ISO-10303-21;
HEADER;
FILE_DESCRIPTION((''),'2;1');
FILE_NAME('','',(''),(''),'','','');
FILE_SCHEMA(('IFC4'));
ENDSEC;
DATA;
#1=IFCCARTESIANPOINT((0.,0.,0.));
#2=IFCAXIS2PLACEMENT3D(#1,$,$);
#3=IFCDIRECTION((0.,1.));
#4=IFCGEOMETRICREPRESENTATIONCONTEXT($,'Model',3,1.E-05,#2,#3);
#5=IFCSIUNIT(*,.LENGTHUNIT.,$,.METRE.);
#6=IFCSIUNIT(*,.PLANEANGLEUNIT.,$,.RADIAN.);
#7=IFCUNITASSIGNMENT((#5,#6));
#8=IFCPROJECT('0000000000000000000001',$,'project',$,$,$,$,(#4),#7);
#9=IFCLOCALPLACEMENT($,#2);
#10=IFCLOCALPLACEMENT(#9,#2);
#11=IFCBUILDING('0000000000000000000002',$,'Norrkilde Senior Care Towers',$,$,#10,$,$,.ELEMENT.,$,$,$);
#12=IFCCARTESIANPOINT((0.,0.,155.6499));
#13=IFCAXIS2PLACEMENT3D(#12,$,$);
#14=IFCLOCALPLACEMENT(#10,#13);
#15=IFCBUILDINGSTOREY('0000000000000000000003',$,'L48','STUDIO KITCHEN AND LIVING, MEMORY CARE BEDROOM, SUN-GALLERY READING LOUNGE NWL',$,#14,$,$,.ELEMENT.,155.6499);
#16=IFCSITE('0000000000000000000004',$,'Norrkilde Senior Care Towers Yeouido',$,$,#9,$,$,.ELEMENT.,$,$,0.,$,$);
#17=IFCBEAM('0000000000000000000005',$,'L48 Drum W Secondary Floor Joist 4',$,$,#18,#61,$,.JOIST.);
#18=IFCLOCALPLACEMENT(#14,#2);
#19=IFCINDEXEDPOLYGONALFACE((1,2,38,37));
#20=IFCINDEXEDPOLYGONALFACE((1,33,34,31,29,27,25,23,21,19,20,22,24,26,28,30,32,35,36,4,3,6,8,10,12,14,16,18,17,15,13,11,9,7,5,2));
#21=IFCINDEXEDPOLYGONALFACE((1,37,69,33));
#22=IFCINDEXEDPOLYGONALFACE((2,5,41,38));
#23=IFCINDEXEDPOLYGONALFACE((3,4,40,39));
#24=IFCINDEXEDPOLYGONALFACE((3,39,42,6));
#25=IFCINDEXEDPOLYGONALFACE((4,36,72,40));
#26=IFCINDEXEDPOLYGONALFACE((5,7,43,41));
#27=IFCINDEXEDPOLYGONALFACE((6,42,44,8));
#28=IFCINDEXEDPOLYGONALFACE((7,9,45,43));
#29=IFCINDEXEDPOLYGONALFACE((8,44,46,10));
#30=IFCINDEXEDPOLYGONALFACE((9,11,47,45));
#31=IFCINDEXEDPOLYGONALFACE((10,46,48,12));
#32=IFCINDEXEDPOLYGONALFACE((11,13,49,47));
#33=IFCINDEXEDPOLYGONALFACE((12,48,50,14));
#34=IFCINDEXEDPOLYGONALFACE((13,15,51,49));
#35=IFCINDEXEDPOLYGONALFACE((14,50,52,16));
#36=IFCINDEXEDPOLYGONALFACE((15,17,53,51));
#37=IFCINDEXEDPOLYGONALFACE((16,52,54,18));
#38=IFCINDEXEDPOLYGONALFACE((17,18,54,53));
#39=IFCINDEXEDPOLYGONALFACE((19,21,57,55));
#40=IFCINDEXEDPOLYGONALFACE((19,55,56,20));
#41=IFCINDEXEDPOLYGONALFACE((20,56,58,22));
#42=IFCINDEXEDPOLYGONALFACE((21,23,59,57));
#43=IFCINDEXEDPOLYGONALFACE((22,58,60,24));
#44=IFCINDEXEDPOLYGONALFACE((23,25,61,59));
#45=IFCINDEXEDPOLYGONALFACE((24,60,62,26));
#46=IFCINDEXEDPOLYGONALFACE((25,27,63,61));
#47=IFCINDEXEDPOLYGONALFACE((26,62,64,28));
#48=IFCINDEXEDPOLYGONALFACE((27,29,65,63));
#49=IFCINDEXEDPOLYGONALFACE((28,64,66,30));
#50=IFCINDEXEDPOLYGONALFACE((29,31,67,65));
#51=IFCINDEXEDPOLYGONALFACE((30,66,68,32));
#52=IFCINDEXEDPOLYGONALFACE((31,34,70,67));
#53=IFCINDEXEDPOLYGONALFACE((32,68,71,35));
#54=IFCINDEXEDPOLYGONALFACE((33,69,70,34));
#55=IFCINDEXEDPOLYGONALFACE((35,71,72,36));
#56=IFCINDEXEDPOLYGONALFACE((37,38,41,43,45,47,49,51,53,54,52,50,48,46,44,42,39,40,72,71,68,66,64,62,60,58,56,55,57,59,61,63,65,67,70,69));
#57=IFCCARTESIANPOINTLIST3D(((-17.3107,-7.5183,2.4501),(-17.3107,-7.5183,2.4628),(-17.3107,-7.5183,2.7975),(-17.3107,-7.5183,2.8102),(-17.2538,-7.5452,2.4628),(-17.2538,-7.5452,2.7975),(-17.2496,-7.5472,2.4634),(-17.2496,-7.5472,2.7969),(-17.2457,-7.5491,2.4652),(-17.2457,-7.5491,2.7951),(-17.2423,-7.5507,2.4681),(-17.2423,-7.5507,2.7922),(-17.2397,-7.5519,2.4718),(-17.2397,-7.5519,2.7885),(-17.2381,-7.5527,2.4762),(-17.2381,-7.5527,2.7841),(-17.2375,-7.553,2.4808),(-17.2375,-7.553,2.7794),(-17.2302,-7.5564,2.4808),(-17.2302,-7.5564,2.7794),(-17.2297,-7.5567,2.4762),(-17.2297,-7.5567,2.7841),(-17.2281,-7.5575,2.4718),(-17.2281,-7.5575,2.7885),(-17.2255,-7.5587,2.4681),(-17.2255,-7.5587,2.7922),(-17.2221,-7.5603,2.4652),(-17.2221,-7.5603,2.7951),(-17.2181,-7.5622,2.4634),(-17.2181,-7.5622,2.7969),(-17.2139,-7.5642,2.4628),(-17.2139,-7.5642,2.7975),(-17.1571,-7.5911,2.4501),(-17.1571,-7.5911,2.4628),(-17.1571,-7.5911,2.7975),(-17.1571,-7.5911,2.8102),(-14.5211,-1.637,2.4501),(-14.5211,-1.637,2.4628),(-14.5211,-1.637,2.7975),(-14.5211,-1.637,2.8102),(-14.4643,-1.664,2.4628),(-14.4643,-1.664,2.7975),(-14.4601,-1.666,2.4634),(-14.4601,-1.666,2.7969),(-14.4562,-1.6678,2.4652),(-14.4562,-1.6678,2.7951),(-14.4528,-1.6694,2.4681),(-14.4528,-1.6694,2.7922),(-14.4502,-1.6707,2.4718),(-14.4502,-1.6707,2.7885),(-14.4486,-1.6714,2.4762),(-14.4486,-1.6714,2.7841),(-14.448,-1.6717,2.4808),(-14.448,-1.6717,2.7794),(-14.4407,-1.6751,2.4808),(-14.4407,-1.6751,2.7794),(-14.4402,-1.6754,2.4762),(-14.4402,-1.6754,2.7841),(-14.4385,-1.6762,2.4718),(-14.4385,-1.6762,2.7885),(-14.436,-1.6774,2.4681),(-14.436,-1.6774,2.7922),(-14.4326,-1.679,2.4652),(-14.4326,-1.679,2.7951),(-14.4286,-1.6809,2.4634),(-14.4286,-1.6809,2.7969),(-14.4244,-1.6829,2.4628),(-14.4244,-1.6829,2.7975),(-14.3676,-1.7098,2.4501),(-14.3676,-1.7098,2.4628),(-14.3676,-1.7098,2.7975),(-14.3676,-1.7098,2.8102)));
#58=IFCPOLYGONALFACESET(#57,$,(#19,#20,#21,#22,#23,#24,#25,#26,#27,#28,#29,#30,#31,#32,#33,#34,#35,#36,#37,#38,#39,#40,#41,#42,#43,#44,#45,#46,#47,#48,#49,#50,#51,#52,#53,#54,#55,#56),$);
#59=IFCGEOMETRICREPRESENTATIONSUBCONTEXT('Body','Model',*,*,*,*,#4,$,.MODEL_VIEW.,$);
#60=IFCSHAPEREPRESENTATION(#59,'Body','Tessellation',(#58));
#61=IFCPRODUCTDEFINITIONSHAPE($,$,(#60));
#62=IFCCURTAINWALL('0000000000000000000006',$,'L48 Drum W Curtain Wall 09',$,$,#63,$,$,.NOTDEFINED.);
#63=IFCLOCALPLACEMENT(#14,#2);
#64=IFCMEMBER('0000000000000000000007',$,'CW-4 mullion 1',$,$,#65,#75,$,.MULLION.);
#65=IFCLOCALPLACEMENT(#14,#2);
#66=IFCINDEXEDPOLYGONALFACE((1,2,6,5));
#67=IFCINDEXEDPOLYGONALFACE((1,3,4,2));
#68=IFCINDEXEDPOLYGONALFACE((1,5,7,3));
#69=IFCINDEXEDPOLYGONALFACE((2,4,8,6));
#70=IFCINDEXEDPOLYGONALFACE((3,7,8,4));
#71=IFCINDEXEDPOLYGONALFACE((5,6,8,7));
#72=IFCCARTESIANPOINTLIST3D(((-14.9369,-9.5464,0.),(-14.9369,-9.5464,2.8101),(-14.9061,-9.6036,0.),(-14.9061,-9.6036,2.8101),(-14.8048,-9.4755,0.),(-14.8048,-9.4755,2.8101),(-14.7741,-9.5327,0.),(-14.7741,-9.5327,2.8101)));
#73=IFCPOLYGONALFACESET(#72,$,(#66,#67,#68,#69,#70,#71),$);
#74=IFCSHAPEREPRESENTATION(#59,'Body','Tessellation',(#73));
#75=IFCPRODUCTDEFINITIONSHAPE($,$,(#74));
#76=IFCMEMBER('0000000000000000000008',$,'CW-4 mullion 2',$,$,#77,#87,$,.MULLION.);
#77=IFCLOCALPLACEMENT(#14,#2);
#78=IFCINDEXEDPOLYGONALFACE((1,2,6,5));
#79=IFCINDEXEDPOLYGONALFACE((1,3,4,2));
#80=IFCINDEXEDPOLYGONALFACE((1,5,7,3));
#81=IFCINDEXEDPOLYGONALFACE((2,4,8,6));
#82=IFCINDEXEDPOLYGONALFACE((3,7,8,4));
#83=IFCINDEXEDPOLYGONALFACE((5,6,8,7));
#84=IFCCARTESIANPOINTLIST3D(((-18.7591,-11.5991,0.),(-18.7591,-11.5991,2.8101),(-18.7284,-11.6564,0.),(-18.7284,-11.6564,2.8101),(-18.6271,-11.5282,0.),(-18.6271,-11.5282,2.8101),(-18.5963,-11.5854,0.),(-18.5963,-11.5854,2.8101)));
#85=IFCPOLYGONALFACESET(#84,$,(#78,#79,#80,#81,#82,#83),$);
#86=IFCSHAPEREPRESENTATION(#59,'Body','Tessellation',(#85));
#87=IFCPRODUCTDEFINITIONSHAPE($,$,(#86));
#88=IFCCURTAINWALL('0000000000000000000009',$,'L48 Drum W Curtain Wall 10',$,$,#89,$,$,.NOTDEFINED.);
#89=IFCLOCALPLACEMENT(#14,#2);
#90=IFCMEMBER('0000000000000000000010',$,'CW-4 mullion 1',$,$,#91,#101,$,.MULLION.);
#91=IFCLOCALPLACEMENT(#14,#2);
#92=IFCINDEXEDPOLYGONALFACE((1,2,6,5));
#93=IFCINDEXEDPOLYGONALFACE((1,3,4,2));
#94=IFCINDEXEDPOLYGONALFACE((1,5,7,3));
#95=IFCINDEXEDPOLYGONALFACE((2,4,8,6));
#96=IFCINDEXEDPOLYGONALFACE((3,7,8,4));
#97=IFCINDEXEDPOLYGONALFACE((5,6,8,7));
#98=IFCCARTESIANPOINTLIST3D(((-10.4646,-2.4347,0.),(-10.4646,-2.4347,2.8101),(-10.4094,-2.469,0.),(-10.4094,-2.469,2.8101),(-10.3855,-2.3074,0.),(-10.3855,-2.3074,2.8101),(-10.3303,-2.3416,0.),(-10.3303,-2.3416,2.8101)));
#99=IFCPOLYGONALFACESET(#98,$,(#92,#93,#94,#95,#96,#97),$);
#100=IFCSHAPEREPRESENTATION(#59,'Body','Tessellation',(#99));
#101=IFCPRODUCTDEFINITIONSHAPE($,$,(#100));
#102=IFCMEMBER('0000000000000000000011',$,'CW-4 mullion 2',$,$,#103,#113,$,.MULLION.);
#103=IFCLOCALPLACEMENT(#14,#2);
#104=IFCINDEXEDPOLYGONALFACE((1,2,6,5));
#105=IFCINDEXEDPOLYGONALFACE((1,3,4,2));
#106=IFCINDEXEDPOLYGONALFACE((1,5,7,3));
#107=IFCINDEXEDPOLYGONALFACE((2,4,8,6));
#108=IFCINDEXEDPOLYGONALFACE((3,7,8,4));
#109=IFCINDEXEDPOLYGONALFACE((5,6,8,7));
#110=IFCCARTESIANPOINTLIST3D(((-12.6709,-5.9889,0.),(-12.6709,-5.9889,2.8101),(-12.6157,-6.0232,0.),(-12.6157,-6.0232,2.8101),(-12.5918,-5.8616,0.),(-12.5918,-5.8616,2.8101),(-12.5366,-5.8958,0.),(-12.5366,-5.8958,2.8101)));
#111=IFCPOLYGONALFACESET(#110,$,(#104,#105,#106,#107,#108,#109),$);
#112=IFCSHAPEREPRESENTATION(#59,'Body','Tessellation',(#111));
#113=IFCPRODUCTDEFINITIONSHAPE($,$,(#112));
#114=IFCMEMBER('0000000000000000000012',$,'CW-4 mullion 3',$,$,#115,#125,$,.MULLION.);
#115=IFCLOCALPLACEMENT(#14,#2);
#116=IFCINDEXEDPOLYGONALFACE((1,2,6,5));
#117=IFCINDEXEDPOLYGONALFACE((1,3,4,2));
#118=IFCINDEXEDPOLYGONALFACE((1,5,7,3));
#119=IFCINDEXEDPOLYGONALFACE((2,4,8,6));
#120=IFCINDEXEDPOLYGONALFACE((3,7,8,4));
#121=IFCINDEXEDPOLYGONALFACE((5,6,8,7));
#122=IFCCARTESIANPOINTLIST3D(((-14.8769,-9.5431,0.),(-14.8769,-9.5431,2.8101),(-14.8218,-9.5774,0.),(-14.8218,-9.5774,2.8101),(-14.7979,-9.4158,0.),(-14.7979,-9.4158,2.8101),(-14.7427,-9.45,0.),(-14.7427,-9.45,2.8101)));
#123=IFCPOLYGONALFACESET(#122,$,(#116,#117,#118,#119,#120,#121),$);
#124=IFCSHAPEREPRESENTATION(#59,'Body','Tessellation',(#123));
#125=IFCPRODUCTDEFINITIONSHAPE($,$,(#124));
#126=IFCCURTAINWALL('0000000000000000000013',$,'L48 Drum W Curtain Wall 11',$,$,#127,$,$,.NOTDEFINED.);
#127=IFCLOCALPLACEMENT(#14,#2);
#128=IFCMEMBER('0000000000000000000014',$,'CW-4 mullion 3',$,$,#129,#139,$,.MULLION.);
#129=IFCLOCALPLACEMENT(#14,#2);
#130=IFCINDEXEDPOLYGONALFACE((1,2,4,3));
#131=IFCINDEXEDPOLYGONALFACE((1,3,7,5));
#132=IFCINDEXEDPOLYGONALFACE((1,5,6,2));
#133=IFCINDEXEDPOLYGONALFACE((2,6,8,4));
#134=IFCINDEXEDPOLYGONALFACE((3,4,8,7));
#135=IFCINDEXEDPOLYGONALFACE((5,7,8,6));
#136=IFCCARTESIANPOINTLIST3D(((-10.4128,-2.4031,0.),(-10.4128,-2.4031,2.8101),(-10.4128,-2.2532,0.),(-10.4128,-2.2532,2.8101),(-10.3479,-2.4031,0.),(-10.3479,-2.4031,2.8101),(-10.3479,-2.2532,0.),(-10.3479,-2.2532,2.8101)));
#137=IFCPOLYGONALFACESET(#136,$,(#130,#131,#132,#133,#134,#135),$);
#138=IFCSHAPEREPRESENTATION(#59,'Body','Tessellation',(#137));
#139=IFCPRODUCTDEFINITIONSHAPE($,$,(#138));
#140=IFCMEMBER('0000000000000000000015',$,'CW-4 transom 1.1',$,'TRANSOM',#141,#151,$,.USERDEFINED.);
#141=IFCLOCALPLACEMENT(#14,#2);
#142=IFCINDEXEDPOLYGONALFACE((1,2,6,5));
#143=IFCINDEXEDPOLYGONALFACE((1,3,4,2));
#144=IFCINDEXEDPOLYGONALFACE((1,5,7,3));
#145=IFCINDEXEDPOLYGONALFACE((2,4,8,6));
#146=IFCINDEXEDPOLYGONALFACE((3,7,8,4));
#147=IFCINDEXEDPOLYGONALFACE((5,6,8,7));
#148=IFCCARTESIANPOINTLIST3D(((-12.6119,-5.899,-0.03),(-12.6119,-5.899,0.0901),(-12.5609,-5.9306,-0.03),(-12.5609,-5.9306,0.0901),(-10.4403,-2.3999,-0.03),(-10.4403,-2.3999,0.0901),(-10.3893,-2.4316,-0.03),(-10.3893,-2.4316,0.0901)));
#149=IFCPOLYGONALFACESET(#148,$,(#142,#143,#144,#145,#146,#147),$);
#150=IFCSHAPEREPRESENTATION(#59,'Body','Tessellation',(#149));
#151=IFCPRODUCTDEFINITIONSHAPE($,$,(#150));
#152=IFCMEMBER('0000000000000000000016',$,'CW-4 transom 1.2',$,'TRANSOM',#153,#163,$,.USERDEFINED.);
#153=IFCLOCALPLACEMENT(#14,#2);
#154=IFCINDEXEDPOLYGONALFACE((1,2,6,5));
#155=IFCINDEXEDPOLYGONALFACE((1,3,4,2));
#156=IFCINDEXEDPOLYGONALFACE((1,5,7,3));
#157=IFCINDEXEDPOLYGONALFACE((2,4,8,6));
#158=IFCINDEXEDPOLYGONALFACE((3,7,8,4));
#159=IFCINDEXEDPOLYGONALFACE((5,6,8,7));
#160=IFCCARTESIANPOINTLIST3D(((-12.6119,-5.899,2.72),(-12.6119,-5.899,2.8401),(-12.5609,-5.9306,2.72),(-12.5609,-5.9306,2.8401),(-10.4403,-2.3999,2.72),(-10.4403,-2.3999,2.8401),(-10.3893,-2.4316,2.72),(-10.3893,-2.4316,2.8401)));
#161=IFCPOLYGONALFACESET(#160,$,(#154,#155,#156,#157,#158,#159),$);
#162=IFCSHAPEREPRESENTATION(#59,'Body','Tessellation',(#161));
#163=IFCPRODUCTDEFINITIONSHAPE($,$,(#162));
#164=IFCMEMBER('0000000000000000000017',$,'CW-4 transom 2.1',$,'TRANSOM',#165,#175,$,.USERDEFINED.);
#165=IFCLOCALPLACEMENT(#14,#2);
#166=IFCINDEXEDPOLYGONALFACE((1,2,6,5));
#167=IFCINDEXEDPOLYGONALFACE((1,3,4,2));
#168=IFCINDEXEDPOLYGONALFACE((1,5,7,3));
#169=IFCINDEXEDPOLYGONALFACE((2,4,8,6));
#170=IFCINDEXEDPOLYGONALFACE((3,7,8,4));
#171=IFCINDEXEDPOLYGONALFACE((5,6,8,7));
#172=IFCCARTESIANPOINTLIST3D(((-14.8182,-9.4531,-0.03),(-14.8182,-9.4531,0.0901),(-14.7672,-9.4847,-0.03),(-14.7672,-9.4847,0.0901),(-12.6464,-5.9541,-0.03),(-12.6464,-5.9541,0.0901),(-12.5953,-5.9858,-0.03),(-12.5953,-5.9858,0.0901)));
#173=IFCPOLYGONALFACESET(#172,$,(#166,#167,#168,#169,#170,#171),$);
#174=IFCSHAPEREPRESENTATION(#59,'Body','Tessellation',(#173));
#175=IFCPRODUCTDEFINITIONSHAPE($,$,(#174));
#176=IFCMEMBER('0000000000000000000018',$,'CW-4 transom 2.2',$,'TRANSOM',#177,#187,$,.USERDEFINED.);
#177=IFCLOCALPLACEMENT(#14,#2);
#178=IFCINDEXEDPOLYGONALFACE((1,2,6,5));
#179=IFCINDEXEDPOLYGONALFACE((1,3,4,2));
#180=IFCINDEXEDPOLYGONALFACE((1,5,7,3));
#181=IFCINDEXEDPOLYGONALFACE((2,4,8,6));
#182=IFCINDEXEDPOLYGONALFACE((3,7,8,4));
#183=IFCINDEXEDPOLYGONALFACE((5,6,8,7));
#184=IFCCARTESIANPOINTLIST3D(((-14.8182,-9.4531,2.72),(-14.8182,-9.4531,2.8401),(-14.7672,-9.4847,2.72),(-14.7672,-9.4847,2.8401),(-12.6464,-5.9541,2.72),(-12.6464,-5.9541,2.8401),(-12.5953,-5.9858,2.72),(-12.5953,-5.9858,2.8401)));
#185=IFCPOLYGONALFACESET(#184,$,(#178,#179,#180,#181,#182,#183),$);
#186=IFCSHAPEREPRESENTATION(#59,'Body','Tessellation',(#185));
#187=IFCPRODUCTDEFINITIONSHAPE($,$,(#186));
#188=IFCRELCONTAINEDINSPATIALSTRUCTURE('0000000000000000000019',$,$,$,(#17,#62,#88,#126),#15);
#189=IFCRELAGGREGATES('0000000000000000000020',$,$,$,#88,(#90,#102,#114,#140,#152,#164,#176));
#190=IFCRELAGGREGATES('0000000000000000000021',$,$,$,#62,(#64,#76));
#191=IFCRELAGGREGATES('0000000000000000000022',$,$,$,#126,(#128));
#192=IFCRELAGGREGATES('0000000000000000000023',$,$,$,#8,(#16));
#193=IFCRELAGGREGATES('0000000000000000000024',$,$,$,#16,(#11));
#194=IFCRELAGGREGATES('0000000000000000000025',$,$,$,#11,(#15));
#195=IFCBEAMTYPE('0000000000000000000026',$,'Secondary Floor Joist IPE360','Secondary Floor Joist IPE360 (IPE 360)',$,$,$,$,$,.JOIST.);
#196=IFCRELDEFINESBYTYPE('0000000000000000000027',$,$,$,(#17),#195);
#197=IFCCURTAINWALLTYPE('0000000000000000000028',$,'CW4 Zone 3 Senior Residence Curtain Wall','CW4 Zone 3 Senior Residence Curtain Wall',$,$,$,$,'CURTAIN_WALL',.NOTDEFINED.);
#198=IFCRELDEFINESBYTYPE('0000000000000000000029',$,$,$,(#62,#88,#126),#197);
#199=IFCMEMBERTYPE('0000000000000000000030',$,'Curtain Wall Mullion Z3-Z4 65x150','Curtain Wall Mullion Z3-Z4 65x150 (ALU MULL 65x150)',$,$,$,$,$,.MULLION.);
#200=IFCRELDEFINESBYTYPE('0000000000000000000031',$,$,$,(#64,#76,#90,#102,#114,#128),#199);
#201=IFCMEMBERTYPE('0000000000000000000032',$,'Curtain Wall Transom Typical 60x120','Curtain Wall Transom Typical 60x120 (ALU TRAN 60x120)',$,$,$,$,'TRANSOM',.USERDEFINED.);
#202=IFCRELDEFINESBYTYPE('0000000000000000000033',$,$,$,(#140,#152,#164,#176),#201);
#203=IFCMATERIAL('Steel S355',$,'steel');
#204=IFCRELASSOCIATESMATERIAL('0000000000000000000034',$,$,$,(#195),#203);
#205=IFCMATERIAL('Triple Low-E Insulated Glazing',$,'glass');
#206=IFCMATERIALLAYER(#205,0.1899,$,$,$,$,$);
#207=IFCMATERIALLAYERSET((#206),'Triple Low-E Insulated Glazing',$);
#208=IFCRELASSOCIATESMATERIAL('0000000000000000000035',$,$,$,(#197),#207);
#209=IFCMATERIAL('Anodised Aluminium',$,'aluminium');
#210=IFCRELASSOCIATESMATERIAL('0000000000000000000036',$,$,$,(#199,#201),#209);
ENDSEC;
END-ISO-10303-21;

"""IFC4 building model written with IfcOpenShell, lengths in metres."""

from ifc_helpers import new_model, si_unit, direction, frame, origin, origin_2d, place, context, subcontext, project, spatial, rectangle, i_section, extrude, source, transform, mapped, material, layer, layer_set, material_profile, profile_set, type_object, type_shapes, element, aggregate, save


model = new_model("IFC4")

# Units and contexts
model_context = context("Model", 3, precision=1e-05, world=origin(), true_north=direction((0.0, 1.0)))
body_context = subcontext(model_context, "Body", "Model", "MODEL_VIEW")
ifc_project = project(units=[si_unit("LENGTHUNIT", "METRE"), si_unit("PLANEANGLEUNIT", "RADIAN")], contexts=[model_context])

# Site, building, storey
site_placement = place(None, origin())
site = spatial("IfcSite", under=ifc_project, at=site_placement, Name="Norrkilde Senior Care Towers Yeouido", CompositionType="ELEMENT", RefElevation=0.0)
building_placement = place(site_placement, origin())
building = spatial("IfcBuilding", under=site, at=building_placement, Name="Norrkilde Senior Care Towers", CompositionType="ELEMENT")
storey_placement = place(building_placement, frame((0.0, 0.0, 155.6499)))
storey = spatial("IfcBuildingStorey", under=building, at=storey_placement, Name="L48", Description="STUDIO KITCHEN AND LIVING, MEMORY CARE BEDROOM, SUN-GALLERY READING LOUNGE NWL", CompositionType="ELEMENT", Elevation=155.6499)

# Beam
ifc_material_1 = material(Name="Steel S355", Category="steel")
ifc_material_profile_1 = material_profile(ifc_material_1, i_section(OverallWidth=0.1699, OverallDepth=0.3601, WebThickness=0.0081, FlangeThickness=0.0127, FilletRadius=0.0181, at=origin_2d()), Name="IPE 360")
ifc_profile_set_1 = profile_set([ifc_material_profile_1], Name="Steel S355")
beam_type_1 = type_object("IfcBeamType", Name="Secondary Floor Joist IPE360", Description="Secondary Floor Joist IPE360 (IPE 360)", PredefinedType="JOIST", material=ifc_profile_set_1)
shared_shape_1 = source(origin(), body_context, "Body", "SweptSolid", [
    extrude(i_section(OverallWidth=0.1699, OverallDepth=0.3601, WebThickness=0.0081, FlangeThickness=0.0127, FilletRadius=0.0181, at=origin_2d()), origin(), (0.0, 0.0, 1.0), 6.5093),
])
type_shapes(beam_type_1, [shared_shape_1])
beam_1_placement = place(storey_placement, frame((-17.2339, -7.5547, 2.6301), z_axis=(0.428544, 0.903521, 0.0), x_axis=(-0.903521, 0.428544, 0.0)))
element("IfcBeam", 1, at=beam_1_placement, inside=storey, type_object=beam_type_1, Name="L48 Drum W Secondary Floor Joist 4", PredefinedType="JOIST", context=body_context, shape_type="MappedRepresentation", body=[
    mapped(shared_shape_1, transform((0.0, 0.0, 0.0), x_axis=(1.0, 0.0, 0.0), y_axis=(0.0, 1.0, 0.0), z_axis=(0.0, 0.0, 1.0), scale=1.0)),
])

# Curtain walls, members
ifc_material_2 = material(Name="Triple Low-E Insulated Glazing", Category="glass")
ifc_layer_1 = layer(ifc_material_2, 0.1899)
ifc_layer_set_1 = layer_set([ifc_layer_1], Name="Triple Low-E Insulated Glazing")
curtain_wall_type = type_object("IfcCurtainWallType", Name="CW4 Zone 3 Senior Residence Curtain Wall", Description="CW4 Zone 3 Senior Residence Curtain Wall", ElementType="CURTAIN_WALL", PredefinedType="NOTDEFINED", material=ifc_layer_set_1)
curtain_wall_1_placement = place(storey_placement, origin())
curtain_wall_1 = element("IfcCurtainWall", 2, at=curtain_wall_1_placement, inside=storey, type_object=curtain_wall_type, Name="L48 Drum W Curtain Wall 09", PredefinedType="NOTDEFINED")
ifc_material_3 = material(Name="Anodised Aluminium", Category="aluminium")
ifc_material_profile_2 = material_profile(ifc_material_3, rectangle(XDim=0.0649, YDim=0.1499, at=origin_2d()), Name="ALU MULL 65x150")
ifc_profile_set_2 = profile_set([ifc_material_profile_2], Name="Anodised Aluminium")
member_type_1 = type_object("IfcMemberType", Name="Curtain Wall Mullion Z3-Z4 65x150", Description="Curtain Wall Mullion Z3-Z4 65x150 (ALU MULL 65x150)", PredefinedType="MULLION", material=ifc_profile_set_2)
shared_shape_2 = source(origin(), body_context, "Body", "SweptSolid", [
    extrude(rectangle(XDim=0.0649, YDim=0.1499, at=origin_2d()), origin(), (0.0, 0.0, 1.0), 2.8101),
])
type_shapes(member_type_1, [shared_shape_2])
member_1_placement = place(storey_placement, frame((-14.8555, -9.5396, 0.0), z_axis=(0.0, 0.0, 1.0), x_axis=(0.473117, -0.881, 0.0)))
member_1 = element("IfcMember", 3, at=member_1_placement, type_object=member_type_1, Name="CW-4 mullion 1", PredefinedType="MULLION", context=body_context, shape_type="MappedRepresentation", body=[
    mapped(shared_shape_2, transform((0.0, 0.0, 0.0), x_axis=(1.0, 0.0, 0.0), y_axis=(0.0, 1.0, 0.0), z_axis=(0.0, 0.0, 1.0), scale=1.0)),
])
member_2_placement = place(storey_placement, frame((-18.6777, -11.5923, 0.0), z_axis=(0.0, 0.0, 1.0), x_axis=(0.473117, -0.881, 0.0)))
member_2 = element("IfcMember", 4, at=member_2_placement, type_object=member_type_1, Name="CW-4 mullion 2", PredefinedType="MULLION", context=body_context, shape_type="MappedRepresentation", body=[
    mapped(shared_shape_2, transform((0.0, 0.0, 0.0), x_axis=(1.0, 0.0, 0.0), y_axis=(0.0, 1.0, 0.0), z_axis=(0.0, 0.0, 1.0), scale=1.0)),
])
curtain_wall_2_placement = place(storey_placement, origin())
curtain_wall_2 = element("IfcCurtainWall", 5, at=curtain_wall_2_placement, inside=storey, type_object=curtain_wall_type, Name="L48 Drum W Curtain Wall 10", PredefinedType="NOTDEFINED")
member_3_placement = place(storey_placement, frame((-10.3975, -2.3882, 0.0), z_axis=(0.0, 0.0, 1.0), x_axis=(0.849634, -0.527373, 0.0)))
member_3 = element("IfcMember", 6, at=member_3_placement, type_object=member_type_1, Name="CW-4 mullion 1", PredefinedType="MULLION", context=body_context, shape_type="MappedRepresentation", body=[
    mapped(shared_shape_2, transform((0.0, 0.0, 0.0), x_axis=(1.0, 0.0, 0.0), y_axis=(0.0, 1.0, 0.0), z_axis=(0.0, 0.0, 1.0), scale=1.0)),
])
member_4_placement = place(storey_placement, frame((-12.6038, -5.9424, 0.0), z_axis=(0.0, 0.0, 1.0), x_axis=(0.849634, -0.527373, 0.0)))
member_4 = element("IfcMember", 7, at=member_4_placement, type_object=member_type_1, Name="CW-4 mullion 2", PredefinedType="MULLION", context=body_context, shape_type="MappedRepresentation", body=[
    mapped(shared_shape_2, transform((0.0, 0.0, 0.0), x_axis=(1.0, 0.0, 0.0), y_axis=(0.0, 1.0, 0.0), z_axis=(0.0, 0.0, 1.0), scale=1.0)),
])
member_5_placement = place(storey_placement, frame((-14.8098, -9.4966, 0.0), z_axis=(0.0, 0.0, 1.0), x_axis=(0.849634, -0.527373, 0.0)))
member_5 = element("IfcMember", 8, at=member_5_placement, type_object=member_type_1, Name="CW-4 mullion 3", PredefinedType="MULLION", context=body_context, shape_type="MappedRepresentation", body=[
    mapped(shared_shape_2, transform((0.0, 0.0, 0.0), x_axis=(1.0, 0.0, 0.0), y_axis=(0.0, 1.0, 0.0), z_axis=(0.0, 0.0, 1.0), scale=1.0)),
])

# Curtain wall, member
curtain_wall_3_placement = place(storey_placement, origin())
curtain_wall_3 = element("IfcCurtainWall", 9, at=curtain_wall_3_placement, inside=storey, type_object=curtain_wall_type, Name="L48 Drum W Curtain Wall 11", PredefinedType="NOTDEFINED")
member_6_placement = place(storey_placement, frame((-10.3804, -2.3281, 0.0), z_axis=(0.0, 0.0, 1.0), x_axis=(1.0, 0.0, 0.0)))
member_6 = element("IfcMember", 10, at=member_6_placement, type_object=member_type_1, Name="CW-4 mullion 3", PredefinedType="MULLION", context=body_context, shape_type="MappedRepresentation", body=[
    mapped(shared_shape_2, transform((0.0, 0.0, 0.0), x_axis=(1.0, 0.0, 0.0), y_axis=(0.0, 1.0, 0.0), z_axis=(0.0, 0.0, 1.0), scale=1.0)),
])

# Members
ifc_material_profile_3 = material_profile(ifc_material_3, rectangle(XDim=0.0601, YDim=0.1201, at=origin_2d()), Name="ALU TRAN 60x120")
ifc_profile_set_3 = profile_set([ifc_material_profile_3], Name="Anodised Aluminium")
member_type_2 = type_object("IfcMemberType", Name="Curtain Wall Transom Typical 60x120", Description="Curtain Wall Transom Typical 60x120 (ALU TRAN 60x120)", ElementType="TRANSOM", PredefinedType="USERDEFINED", material=ifc_profile_set_3)
shared_shape_3 = source(origin(), body_context, "Body", "SweptSolid", [
    extrude(rectangle(XDim=0.0601, YDim=0.1201, at=origin_2d()), origin(), (0.0, 0.0, 1.0), 4.1182),
])
member_7_placement = place(storey_placement, frame((-10.4148, -2.4158, 0.03), z_axis=(-0.527332, -0.849659, 0.0), x_axis=(0.849659, -0.527332, 0.0)))
member_7 = element("IfcMember", 11, at=member_7_placement, type_object=member_type_2, Name="CW-4 transom 1.1", ObjectType="TRANSOM", PredefinedType="USERDEFINED", context=body_context, shape_type="MappedRepresentation", body=[
    mapped(shared_shape_3, transform((0.0, 0.0, 0.0), x_axis=(1.0, 0.0, 0.0), y_axis=(0.0, 1.0, 0.0), z_axis=(0.0, 0.0, 1.0), scale=1.0)),
])
member_8_placement = place(storey_placement, frame((-10.4148, -2.4158, 2.78), z_axis=(-0.527332, -0.849659, 0.0), x_axis=(0.849659, -0.527332, 0.0)))
member_8 = element("IfcMember", 12, at=member_8_placement, type_object=member_type_2, Name="CW-4 transom 1.2", ObjectType="TRANSOM", PredefinedType="USERDEFINED", context=body_context, shape_type="MappedRepresentation", body=[
    mapped(shared_shape_3, transform((0.0, 0.0, 0.0), x_axis=(1.0, 0.0, 0.0), y_axis=(0.0, 1.0, 0.0), z_axis=(0.0, 0.0, 1.0), scale=1.0)),
])
member_9_placement = place(storey_placement, frame((-12.6208, -5.97, 0.03), z_axis=(-0.527375, -0.849633, 0.0), x_axis=(0.849633, -0.527375, 0.0)))
member_9 = element("IfcMember", 13, at=member_9_placement, type_object=member_type_2, Name="CW-4 transom 2.1", ObjectType="TRANSOM", PredefinedType="USERDEFINED", context=body_context, shape_type="MappedRepresentation", body=[
    mapped(shared_shape_3, transform((0.0, 0.0, 0.0), x_axis=(1.0, 0.0, 0.0), y_axis=(0.0, 1.0, 0.0), z_axis=(0.0, 0.0, 1.0), scale=1.0)),
])
member_10_placement = place(storey_placement, frame((-12.6208, -5.97, 2.78), z_axis=(-0.527375, -0.849633, 0.0), x_axis=(0.849633, -0.527375, 0.0)))
member_10 = element("IfcMember", 14, at=member_10_placement, type_object=member_type_2, Name="CW-4 transom 2.2", ObjectType="TRANSOM", PredefinedType="USERDEFINED", context=body_context, shape_type="MappedRepresentation", body=[
    mapped(shared_shape_3, transform((0.0, 0.0, 0.0), x_axis=(1.0, 0.0, 0.0), y_axis=(0.0, 1.0, 0.0), z_axis=(0.0, 0.0, 1.0), scale=1.0)),
])

aggregate(curtain_wall_2, [member_3, member_4, member_5, member_7, member_8, member_9, member_10])
aggregate(curtain_wall_1, [member_1, member_2])
aggregate(curtain_wall_3, [member_6])

save(model, "model.ifc")
